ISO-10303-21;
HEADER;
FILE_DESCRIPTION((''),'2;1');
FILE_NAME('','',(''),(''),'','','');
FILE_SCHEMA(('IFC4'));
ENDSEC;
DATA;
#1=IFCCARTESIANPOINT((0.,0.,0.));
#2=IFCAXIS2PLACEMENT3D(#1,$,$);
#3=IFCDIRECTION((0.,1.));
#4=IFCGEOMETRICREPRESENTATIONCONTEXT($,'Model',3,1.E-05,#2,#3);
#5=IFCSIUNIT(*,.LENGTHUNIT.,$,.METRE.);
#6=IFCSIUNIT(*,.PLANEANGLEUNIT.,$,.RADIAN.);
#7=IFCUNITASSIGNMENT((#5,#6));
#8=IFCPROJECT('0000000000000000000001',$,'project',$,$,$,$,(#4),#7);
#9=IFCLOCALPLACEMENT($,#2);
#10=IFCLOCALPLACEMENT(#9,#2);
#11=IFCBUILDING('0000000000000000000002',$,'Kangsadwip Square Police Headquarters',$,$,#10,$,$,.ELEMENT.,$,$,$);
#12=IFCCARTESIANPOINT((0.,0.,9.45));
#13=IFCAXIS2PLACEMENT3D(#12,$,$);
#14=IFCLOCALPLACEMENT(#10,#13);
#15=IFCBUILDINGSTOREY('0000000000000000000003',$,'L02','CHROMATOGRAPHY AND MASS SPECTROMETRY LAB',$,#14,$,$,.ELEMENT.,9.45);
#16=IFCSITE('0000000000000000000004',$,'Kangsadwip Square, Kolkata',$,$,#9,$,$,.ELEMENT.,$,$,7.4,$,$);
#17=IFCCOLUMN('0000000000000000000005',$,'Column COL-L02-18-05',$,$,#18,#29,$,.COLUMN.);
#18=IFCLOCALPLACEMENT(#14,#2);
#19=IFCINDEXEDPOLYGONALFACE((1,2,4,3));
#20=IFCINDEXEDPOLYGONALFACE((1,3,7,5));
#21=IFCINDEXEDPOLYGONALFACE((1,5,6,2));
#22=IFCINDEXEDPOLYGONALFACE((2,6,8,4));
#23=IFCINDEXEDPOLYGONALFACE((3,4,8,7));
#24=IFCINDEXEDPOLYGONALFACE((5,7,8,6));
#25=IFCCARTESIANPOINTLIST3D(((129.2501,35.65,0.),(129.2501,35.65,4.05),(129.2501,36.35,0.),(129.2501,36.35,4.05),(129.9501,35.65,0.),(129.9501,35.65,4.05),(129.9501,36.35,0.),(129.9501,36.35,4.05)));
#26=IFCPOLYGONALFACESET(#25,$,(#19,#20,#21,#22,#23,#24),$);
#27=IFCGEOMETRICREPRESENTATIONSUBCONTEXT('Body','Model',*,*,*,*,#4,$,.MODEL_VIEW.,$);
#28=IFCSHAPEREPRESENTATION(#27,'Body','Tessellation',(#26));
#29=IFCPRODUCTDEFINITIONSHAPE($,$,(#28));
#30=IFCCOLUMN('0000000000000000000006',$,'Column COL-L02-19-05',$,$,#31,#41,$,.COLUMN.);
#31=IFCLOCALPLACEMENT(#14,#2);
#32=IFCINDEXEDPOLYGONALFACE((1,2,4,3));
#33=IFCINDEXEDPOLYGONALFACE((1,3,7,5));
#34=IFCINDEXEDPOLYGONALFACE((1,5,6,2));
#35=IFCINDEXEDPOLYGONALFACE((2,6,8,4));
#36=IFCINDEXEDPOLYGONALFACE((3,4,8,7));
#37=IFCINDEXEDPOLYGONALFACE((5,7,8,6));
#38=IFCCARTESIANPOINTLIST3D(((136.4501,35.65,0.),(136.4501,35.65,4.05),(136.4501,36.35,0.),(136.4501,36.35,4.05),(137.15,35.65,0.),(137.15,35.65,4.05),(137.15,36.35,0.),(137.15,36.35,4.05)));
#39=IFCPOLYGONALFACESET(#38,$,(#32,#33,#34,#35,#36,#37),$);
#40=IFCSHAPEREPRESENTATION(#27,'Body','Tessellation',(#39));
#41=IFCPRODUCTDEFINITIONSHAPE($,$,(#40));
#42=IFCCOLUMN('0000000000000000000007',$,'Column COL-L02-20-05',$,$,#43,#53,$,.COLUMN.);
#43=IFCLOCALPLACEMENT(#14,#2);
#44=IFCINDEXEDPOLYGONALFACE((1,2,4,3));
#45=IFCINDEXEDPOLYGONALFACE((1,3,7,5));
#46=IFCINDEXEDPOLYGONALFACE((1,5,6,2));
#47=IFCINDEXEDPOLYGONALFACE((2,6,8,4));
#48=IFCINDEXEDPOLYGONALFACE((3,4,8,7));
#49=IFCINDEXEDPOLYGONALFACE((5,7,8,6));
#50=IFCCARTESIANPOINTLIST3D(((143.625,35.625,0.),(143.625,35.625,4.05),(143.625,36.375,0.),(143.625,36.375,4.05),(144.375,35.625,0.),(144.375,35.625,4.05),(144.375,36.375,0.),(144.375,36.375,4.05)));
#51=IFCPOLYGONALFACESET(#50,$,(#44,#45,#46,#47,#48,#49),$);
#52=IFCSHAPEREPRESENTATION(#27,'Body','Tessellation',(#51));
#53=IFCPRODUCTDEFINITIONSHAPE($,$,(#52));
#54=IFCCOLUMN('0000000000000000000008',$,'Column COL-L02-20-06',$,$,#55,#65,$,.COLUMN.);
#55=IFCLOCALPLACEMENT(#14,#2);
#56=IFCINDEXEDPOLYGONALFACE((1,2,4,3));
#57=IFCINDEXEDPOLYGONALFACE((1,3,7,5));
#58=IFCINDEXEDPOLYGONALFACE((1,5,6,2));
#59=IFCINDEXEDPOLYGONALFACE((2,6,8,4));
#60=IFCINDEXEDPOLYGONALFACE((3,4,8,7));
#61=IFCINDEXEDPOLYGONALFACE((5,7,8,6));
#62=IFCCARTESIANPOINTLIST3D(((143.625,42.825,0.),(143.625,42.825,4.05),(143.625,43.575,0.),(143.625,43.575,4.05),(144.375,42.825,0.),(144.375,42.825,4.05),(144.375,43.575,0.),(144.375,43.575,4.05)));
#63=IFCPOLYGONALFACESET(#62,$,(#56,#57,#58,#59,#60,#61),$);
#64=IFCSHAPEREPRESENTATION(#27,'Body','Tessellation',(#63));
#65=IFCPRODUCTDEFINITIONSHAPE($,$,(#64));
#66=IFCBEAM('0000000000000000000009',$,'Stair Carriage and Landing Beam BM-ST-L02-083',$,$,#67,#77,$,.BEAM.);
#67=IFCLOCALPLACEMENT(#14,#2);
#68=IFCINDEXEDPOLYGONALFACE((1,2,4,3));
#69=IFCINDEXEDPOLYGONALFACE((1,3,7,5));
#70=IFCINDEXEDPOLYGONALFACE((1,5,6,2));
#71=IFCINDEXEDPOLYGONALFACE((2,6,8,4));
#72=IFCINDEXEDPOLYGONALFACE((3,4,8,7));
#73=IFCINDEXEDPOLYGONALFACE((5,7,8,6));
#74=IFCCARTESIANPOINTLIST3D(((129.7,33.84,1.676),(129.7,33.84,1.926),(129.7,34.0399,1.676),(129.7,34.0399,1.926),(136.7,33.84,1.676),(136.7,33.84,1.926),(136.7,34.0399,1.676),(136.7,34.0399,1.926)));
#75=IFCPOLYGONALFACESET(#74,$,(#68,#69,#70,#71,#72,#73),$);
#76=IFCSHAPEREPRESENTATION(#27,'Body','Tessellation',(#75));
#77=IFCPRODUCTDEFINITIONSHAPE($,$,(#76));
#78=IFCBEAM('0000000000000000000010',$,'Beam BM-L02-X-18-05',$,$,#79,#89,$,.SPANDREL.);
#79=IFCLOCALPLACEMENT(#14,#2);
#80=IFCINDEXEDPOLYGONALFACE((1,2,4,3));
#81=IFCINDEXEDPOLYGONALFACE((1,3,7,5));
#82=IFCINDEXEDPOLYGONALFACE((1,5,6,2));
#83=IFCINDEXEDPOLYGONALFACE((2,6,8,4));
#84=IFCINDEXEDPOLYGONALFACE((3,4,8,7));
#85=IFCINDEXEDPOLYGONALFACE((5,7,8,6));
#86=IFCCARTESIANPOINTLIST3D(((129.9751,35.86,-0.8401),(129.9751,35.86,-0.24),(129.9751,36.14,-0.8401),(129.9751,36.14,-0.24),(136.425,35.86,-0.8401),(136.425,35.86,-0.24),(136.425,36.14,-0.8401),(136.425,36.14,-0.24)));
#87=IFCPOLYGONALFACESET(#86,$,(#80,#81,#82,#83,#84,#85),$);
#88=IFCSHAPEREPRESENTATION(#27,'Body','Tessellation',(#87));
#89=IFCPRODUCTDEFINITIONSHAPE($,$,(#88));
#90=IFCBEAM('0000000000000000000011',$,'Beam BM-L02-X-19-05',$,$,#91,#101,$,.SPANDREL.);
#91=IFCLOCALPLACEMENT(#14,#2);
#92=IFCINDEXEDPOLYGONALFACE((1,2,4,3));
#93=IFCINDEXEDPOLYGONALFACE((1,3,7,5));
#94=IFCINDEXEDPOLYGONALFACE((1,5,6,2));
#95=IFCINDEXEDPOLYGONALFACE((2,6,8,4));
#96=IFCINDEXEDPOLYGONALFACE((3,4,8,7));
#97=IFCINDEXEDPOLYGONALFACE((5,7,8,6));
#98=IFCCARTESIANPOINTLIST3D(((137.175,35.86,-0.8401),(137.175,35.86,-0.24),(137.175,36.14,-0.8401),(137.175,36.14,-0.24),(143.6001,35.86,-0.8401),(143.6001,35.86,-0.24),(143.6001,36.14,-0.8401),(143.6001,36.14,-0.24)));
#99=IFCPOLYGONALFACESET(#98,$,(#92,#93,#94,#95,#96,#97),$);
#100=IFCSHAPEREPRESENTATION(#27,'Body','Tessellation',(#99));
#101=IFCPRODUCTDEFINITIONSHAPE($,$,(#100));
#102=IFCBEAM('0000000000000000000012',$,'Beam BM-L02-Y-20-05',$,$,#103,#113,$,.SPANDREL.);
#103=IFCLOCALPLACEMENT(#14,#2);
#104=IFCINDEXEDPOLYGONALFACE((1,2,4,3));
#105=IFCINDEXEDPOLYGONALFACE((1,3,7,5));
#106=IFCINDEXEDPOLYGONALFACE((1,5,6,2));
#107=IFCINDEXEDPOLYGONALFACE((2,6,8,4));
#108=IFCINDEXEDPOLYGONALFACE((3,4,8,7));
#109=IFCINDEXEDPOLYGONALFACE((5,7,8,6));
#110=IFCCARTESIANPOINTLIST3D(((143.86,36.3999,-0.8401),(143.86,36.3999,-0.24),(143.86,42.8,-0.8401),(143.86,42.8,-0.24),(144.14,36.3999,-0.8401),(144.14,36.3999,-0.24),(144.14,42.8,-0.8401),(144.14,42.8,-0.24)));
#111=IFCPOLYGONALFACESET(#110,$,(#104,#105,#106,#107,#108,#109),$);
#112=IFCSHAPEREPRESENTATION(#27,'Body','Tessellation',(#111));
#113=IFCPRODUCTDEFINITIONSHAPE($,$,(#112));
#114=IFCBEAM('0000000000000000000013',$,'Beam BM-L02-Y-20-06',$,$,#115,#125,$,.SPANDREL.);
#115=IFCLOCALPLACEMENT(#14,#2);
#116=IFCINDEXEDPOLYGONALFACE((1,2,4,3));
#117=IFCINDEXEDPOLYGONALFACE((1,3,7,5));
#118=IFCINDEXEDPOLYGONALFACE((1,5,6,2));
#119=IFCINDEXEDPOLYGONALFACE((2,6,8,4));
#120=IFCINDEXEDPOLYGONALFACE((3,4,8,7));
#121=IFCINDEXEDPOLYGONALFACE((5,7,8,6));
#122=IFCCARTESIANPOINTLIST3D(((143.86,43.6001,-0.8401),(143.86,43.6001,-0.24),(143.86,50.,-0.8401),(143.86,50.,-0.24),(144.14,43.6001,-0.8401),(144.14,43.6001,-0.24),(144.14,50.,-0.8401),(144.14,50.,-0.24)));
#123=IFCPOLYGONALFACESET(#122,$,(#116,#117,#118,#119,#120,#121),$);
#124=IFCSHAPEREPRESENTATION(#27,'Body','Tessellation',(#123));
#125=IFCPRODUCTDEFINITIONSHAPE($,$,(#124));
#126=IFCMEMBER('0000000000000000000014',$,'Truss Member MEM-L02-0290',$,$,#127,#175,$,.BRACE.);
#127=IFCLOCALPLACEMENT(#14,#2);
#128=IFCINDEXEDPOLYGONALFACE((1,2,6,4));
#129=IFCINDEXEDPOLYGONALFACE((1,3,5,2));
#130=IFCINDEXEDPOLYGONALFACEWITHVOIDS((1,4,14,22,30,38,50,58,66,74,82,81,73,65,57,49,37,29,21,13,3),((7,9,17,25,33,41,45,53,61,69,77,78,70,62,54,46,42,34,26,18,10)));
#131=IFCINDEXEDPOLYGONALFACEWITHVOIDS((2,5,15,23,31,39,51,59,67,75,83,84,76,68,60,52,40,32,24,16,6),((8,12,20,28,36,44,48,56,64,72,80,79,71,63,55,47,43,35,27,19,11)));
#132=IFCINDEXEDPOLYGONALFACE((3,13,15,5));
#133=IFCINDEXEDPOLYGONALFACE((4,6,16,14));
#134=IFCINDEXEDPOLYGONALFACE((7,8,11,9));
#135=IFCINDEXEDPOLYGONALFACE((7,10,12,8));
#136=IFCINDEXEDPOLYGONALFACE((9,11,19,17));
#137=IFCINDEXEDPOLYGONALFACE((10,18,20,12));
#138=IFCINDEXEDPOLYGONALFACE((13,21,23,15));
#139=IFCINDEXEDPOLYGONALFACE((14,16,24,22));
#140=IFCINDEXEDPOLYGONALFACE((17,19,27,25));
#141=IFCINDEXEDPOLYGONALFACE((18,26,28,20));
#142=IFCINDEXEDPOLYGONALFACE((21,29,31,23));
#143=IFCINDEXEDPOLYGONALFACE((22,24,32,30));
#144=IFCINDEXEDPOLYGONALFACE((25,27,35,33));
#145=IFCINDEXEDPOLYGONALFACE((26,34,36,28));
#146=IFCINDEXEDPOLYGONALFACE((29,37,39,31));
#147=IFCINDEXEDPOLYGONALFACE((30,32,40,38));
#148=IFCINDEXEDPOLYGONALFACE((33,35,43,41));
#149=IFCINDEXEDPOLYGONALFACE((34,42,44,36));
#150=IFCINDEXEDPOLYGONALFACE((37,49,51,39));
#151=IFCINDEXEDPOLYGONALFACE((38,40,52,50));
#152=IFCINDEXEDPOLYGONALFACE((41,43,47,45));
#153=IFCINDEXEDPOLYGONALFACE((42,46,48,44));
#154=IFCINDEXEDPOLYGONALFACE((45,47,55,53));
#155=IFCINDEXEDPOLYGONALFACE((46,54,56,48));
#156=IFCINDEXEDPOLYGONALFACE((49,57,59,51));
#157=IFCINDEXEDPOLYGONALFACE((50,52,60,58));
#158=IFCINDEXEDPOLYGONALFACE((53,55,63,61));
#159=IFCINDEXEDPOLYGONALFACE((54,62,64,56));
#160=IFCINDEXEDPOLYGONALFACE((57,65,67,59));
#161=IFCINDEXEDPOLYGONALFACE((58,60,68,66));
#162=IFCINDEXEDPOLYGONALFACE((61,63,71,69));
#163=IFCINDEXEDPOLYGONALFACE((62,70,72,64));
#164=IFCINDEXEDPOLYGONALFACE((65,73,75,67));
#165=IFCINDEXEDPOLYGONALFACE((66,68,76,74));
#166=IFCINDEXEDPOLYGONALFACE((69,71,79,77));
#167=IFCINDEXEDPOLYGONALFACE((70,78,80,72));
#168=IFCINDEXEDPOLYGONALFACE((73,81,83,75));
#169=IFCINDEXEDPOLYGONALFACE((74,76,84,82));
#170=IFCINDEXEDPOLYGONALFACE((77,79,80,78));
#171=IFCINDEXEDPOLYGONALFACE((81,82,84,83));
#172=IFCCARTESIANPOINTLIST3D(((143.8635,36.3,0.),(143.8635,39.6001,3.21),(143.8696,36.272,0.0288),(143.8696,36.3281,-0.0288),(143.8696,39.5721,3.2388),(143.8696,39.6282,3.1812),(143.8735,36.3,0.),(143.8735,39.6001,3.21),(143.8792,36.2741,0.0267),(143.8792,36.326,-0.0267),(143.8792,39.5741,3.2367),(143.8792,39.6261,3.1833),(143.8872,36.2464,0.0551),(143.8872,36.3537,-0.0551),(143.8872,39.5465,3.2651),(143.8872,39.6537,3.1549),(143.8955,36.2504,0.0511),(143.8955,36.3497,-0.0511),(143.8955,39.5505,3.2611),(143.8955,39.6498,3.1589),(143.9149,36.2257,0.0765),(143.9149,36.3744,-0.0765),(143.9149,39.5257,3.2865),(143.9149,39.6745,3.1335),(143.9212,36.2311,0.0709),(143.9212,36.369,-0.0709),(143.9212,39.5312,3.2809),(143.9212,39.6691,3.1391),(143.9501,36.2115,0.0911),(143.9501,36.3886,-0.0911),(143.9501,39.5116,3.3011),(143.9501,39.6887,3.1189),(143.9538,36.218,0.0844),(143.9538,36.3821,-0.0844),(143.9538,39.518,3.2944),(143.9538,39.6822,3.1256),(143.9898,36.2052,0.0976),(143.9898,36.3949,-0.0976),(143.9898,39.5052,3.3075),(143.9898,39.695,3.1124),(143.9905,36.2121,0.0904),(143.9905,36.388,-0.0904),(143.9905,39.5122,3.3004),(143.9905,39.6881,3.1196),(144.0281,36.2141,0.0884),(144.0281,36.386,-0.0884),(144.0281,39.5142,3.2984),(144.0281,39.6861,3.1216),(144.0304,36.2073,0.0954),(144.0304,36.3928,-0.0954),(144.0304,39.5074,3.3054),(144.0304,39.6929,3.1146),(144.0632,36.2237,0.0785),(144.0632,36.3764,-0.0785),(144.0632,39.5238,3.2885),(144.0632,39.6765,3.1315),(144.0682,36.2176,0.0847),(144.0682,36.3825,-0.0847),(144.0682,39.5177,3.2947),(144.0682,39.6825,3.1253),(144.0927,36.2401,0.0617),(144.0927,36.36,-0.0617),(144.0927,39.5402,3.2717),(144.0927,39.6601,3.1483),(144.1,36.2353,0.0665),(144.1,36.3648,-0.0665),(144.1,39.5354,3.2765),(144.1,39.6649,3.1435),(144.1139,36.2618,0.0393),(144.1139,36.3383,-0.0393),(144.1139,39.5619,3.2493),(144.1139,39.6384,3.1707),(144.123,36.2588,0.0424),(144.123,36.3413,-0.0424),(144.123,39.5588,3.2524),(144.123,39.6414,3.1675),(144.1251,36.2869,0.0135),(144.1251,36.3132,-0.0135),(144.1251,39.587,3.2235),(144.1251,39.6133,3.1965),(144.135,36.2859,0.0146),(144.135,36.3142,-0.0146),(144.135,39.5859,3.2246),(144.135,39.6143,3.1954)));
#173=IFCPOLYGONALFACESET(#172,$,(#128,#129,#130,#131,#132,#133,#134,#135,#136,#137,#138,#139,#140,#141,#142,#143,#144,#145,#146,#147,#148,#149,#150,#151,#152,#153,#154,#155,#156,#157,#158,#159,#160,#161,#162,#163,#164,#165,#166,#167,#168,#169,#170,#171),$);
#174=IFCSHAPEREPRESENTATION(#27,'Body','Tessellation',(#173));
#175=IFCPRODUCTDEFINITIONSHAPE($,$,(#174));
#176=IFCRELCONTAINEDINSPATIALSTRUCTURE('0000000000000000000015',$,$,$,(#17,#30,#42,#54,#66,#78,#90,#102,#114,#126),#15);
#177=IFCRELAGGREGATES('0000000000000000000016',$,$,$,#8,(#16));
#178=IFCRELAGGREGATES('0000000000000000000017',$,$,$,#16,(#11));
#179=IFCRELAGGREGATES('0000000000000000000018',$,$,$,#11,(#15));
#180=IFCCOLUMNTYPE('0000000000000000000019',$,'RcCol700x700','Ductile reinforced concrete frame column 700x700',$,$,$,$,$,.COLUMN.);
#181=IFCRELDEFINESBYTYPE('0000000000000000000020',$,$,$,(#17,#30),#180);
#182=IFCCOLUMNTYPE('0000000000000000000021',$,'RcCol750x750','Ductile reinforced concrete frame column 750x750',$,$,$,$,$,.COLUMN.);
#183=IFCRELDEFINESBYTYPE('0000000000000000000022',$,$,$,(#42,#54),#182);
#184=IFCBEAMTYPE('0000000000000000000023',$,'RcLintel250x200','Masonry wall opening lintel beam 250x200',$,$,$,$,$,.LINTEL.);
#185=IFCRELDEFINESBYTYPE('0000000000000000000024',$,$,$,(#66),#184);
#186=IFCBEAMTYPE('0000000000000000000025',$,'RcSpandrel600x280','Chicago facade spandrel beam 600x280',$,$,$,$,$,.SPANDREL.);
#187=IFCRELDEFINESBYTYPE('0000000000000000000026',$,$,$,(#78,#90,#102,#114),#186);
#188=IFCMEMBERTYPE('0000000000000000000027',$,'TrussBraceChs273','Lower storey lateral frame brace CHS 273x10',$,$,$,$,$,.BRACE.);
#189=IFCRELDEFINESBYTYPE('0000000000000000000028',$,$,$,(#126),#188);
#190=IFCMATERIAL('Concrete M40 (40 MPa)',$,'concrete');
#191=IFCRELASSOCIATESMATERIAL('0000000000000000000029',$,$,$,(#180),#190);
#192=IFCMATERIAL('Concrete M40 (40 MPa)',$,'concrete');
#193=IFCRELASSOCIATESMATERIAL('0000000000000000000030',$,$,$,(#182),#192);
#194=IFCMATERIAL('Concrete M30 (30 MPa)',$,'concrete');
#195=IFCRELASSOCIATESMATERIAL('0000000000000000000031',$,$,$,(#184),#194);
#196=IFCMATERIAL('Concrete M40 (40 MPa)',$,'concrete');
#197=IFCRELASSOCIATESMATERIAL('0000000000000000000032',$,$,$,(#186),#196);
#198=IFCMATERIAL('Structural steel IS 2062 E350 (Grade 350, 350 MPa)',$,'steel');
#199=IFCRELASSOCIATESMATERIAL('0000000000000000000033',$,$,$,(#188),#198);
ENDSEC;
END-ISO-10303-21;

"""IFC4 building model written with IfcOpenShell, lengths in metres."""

from ifc_helpers import new_model, si_unit, direction, frame, origin, origin_2d, place, context, subcontext, project, spatial, rectangle, hollow_circle, extrude, material, material_profile, profile_set, type_object, element, save


model = new_model("IFC4")

# Units and contexts
model_context = context("Model", 3, precision=1e-05, world=origin(), true_north=direction((0.0, 1.0)))
body_context = subcontext(model_context, "Body", "Model", "MODEL_VIEW")
ifc_project = project(units=[si_unit("LENGTHUNIT", "METRE"), si_unit("PLANEANGLEUNIT", "RADIAN")], contexts=[model_context])

# Site, building, storey
site_placement = place(None, origin())
site = spatial("IfcSite", under=ifc_project, at=site_placement, Name="Kangsadwip Square, Kolkata", CompositionType="ELEMENT", RefElevation=7.4)
building_placement = place(site_placement, origin())
building = spatial("IfcBuilding", under=site, at=building_placement, Name="Kangsadwip Square Police Headquarters", CompositionType="ELEMENT")
storey_placement = place(building_placement, frame((0.0, 0.0, 9.45)))
storey = spatial("IfcBuildingStorey", under=building, at=storey_placement, Name="L02", Description="CHROMATOGRAPHY AND MASS SPECTROMETRY LAB", CompositionType="ELEMENT", Elevation=9.45)

# Columns
ifc_material_1 = material(Name="Concrete M40 (40 MPa)", Category="concrete")
ifc_material_profile_1 = material_profile(ifc_material_1, rectangle(XDim=0.7, YDim=0.7, at=origin_2d()), Name="RC COL 700X700")
ifc_profile_set_1 = profile_set([ifc_material_profile_1], Name="Concrete M40 (40 MPa)")
column_type_1 = type_object("IfcColumnType", Name="RcCol700x700", Description="Ductile reinforced concrete frame column 700x700", PredefinedType="COLUMN", material=ifc_profile_set_1)
for number, where, z_axis, x_axis, name in (
    (1, (129.6001, 36.0, 0.0), (0.0, 0.0, 1.0), (1.0, 0.0, 0.0), "Column COL-L02-18-05"),
    (2, (136.8, 36.0, 0.0), (0.0, 0.0, 1.0), (1.0, 0.0, 0.0), "Column COL-L02-19-05"),
):
    element("IfcColumn", number, at=place(storey_placement, frame(where, z_axis=z_axis, x_axis=x_axis)), inside=storey, type_object=column_type_1, Name=name, PredefinedType="COLUMN", context=body_context, shape_type="SweptSolid", body=[
        extrude(rectangle(XDim=0.7, YDim=0.7, at=origin_2d()), origin(), (0.0, 0.0, 1.0), 4.05),
    ])
ifc_material_2 = material(Name="Concrete M40 (40 MPa)", Category="concrete")
ifc_material_profile_2 = material_profile(ifc_material_2, rectangle(XDim=0.75, YDim=0.75, at=origin_2d()), Name="RC COL 750X750")
ifc_profile_set_2 = profile_set([ifc_material_profile_2], Name="Concrete M40 (40 MPa)")
column_type_2 = type_object("IfcColumnType", Name="RcCol750x750", Description="Ductile reinforced concrete frame column 750x750", PredefinedType="COLUMN", material=ifc_profile_set_2)
for number, where, z_axis, x_axis, name in (
    (3, (144.0, 36.0, 0.0), (0.0, 0.0, 1.0), (1.0, 0.0, 0.0), "Column COL-L02-20-05"),
    (4, (144.0, 43.2, 0.0), (0.0, 0.0, 1.0), (1.0, 0.0, 0.0), "Column COL-L02-20-06"),
):
    element("IfcColumn", number, at=place(storey_placement, frame(where, z_axis=z_axis, x_axis=x_axis)), inside=storey, type_object=column_type_2, Name=name, PredefinedType="COLUMN", context=body_context, shape_type="SweptSolid", body=[
        extrude(rectangle(XDim=0.75, YDim=0.75, at=origin_2d()), origin(), (0.0, 0.0, 1.0), 4.05),
    ])

# Beams
ifc_material_3 = material(Name="Concrete M30 (30 MPa)", Category="concrete")
ifc_material_profile_3 = material_profile(ifc_material_3, rectangle(XDim=0.2, YDim=0.25, at=origin_2d()), Name="RC LNT 250X200")
ifc_profile_set_3 = profile_set([ifc_material_profile_3], Name="Concrete M30 (30 MPa)")
beam_type_1 = type_object("IfcBeamType", Name="RcLintel250x200", Description="Masonry wall opening lintel beam 250x200", PredefinedType="LINTEL", material=ifc_profile_set_3)
beam_1_placement = place(storey_placement, frame((129.7, 33.9399, 1.801), z_axis=(1.0, 0.0, 0.0), x_axis=(0.0, 1.0, 0.0)))
element("IfcBeam", 5, at=beam_1_placement, inside=storey, type_object=beam_type_1, Name="Stair Carriage and Landing Beam BM-ST-L02-083", PredefinedType="BEAM", context=body_context, shape_type="SweptSolid", body=[
    extrude(rectangle(XDim=0.2, YDim=0.25, at=origin_2d()), origin(), (0.0, 0.0, 1.0), 7.0),
])
ifc_material_4 = material(Name="Concrete M40 (40 MPa)", Category="concrete")
ifc_material_profile_4 = material_profile(ifc_material_4, rectangle(XDim=0.28, YDim=0.6001, at=origin_2d()), Name="RC SPN 600X280")
ifc_profile_set_4 = profile_set([ifc_material_profile_4], Name="Concrete M40 (40 MPa)")
beam_type_2 = type_object("IfcBeamType", Name="RcSpandrel600x280", Description="Chicago facade spandrel beam 600x280", PredefinedType="SPANDREL", material=ifc_profile_set_4)
beam_2_placement = place(storey_placement, frame((129.9751, 36.0, -0.54), z_axis=(1.0, 0.0, 0.0), x_axis=(0.0, 1.0, 0.0)))
element("IfcBeam", 6, at=beam_2_placement, inside=storey, type_object=beam_type_2, Name="Beam BM-L02-X-18-05", PredefinedType="SPANDREL", context=body_context, shape_type="SweptSolid", body=[
    extrude(rectangle(XDim=0.28, YDim=0.6001, at=origin_2d()), origin(), (0.0, 0.0, 1.0), 6.45),
])
beam_3_placement = place(storey_placement, frame((137.175, 36.0, -0.54), z_axis=(1.0, 0.0, 0.0), x_axis=(0.0, 1.0, 0.0)))
element("IfcBeam", 7, at=beam_3_placement, inside=storey, type_object=beam_type_2, Name="Beam BM-L02-X-19-05", PredefinedType="SPANDREL", context=body_context, shape_type="SweptSolid", body=[
    extrude(rectangle(XDim=0.28, YDim=0.6001, at=origin_2d()), origin(), (0.0, 0.0, 1.0), 6.425),
])
beam_4_placement = place(storey_placement, frame((144.0, 36.3999, -0.54), z_axis=(0.0, 1.0, 0.0), x_axis=(-1.0, 0.0, 0.0)))
element("IfcBeam", 8, at=beam_4_placement, inside=storey, type_object=beam_type_2, Name="Beam BM-L02-Y-20-05", PredefinedType="SPANDREL", context=body_context, shape_type="SweptSolid", body=[
    extrude(rectangle(XDim=0.28, YDim=0.6001, at=origin_2d()), origin(), (0.0, 0.0, 1.0), 6.4001),
])
beam_5_placement = place(storey_placement, frame((144.0, 43.6001, -0.54), z_axis=(0.0, 1.0, 0.0), x_axis=(-1.0, 0.0, 0.0)))
element("IfcBeam", 9, at=beam_5_placement, inside=storey, type_object=beam_type_2, Name="Beam BM-L02-Y-20-06", PredefinedType="SPANDREL", context=body_context, shape_type="SweptSolid", body=[
    extrude(rectangle(XDim=0.28, YDim=0.6001, at=origin_2d()), origin(), (0.0, 0.0, 1.0), 6.3999),
])

# Member
ifc_material_5 = material(Name="Structural steel IS 2062 E350 (Grade 350, 350 MPa)", Category="steel")
ifc_material_profile_5 = material_profile(ifc_material_5, hollow_circle(Radius=0.1365, WallThickness=0.01, at=origin_2d()), Name="CHS 273X10")
ifc_profile_set_5 = profile_set([ifc_material_profile_5], Name="Structural steel IS 2062 E350 (Grade 350, 350 MPa)")
member_type = type_object("IfcMemberType", Name="TrussBraceChs273", Description="Lower storey lateral frame brace CHS 273x10", PredefinedType="BRACE", material=ifc_profile_set_5)
member_1_placement = place(storey_placement, frame((144.0, 36.3, 0.0), z_axis=(0.0, 0.716823, 0.697255), x_axis=(-1.0, 0.0, 0.0)))
element("IfcMember", 10, at=member_1_placement, inside=storey, type_object=member_type, Name="Truss Member MEM-L02-0290", PredefinedType="BRACE", context=body_context, shape_type="SweptSolid", body=[
    extrude(hollow_circle(Radius=0.1365, WallThickness=0.01, at=origin_2d()), origin(), (0.0, 0.0, 1.0), 4.6038),
])

save(model, "model.ifc")
